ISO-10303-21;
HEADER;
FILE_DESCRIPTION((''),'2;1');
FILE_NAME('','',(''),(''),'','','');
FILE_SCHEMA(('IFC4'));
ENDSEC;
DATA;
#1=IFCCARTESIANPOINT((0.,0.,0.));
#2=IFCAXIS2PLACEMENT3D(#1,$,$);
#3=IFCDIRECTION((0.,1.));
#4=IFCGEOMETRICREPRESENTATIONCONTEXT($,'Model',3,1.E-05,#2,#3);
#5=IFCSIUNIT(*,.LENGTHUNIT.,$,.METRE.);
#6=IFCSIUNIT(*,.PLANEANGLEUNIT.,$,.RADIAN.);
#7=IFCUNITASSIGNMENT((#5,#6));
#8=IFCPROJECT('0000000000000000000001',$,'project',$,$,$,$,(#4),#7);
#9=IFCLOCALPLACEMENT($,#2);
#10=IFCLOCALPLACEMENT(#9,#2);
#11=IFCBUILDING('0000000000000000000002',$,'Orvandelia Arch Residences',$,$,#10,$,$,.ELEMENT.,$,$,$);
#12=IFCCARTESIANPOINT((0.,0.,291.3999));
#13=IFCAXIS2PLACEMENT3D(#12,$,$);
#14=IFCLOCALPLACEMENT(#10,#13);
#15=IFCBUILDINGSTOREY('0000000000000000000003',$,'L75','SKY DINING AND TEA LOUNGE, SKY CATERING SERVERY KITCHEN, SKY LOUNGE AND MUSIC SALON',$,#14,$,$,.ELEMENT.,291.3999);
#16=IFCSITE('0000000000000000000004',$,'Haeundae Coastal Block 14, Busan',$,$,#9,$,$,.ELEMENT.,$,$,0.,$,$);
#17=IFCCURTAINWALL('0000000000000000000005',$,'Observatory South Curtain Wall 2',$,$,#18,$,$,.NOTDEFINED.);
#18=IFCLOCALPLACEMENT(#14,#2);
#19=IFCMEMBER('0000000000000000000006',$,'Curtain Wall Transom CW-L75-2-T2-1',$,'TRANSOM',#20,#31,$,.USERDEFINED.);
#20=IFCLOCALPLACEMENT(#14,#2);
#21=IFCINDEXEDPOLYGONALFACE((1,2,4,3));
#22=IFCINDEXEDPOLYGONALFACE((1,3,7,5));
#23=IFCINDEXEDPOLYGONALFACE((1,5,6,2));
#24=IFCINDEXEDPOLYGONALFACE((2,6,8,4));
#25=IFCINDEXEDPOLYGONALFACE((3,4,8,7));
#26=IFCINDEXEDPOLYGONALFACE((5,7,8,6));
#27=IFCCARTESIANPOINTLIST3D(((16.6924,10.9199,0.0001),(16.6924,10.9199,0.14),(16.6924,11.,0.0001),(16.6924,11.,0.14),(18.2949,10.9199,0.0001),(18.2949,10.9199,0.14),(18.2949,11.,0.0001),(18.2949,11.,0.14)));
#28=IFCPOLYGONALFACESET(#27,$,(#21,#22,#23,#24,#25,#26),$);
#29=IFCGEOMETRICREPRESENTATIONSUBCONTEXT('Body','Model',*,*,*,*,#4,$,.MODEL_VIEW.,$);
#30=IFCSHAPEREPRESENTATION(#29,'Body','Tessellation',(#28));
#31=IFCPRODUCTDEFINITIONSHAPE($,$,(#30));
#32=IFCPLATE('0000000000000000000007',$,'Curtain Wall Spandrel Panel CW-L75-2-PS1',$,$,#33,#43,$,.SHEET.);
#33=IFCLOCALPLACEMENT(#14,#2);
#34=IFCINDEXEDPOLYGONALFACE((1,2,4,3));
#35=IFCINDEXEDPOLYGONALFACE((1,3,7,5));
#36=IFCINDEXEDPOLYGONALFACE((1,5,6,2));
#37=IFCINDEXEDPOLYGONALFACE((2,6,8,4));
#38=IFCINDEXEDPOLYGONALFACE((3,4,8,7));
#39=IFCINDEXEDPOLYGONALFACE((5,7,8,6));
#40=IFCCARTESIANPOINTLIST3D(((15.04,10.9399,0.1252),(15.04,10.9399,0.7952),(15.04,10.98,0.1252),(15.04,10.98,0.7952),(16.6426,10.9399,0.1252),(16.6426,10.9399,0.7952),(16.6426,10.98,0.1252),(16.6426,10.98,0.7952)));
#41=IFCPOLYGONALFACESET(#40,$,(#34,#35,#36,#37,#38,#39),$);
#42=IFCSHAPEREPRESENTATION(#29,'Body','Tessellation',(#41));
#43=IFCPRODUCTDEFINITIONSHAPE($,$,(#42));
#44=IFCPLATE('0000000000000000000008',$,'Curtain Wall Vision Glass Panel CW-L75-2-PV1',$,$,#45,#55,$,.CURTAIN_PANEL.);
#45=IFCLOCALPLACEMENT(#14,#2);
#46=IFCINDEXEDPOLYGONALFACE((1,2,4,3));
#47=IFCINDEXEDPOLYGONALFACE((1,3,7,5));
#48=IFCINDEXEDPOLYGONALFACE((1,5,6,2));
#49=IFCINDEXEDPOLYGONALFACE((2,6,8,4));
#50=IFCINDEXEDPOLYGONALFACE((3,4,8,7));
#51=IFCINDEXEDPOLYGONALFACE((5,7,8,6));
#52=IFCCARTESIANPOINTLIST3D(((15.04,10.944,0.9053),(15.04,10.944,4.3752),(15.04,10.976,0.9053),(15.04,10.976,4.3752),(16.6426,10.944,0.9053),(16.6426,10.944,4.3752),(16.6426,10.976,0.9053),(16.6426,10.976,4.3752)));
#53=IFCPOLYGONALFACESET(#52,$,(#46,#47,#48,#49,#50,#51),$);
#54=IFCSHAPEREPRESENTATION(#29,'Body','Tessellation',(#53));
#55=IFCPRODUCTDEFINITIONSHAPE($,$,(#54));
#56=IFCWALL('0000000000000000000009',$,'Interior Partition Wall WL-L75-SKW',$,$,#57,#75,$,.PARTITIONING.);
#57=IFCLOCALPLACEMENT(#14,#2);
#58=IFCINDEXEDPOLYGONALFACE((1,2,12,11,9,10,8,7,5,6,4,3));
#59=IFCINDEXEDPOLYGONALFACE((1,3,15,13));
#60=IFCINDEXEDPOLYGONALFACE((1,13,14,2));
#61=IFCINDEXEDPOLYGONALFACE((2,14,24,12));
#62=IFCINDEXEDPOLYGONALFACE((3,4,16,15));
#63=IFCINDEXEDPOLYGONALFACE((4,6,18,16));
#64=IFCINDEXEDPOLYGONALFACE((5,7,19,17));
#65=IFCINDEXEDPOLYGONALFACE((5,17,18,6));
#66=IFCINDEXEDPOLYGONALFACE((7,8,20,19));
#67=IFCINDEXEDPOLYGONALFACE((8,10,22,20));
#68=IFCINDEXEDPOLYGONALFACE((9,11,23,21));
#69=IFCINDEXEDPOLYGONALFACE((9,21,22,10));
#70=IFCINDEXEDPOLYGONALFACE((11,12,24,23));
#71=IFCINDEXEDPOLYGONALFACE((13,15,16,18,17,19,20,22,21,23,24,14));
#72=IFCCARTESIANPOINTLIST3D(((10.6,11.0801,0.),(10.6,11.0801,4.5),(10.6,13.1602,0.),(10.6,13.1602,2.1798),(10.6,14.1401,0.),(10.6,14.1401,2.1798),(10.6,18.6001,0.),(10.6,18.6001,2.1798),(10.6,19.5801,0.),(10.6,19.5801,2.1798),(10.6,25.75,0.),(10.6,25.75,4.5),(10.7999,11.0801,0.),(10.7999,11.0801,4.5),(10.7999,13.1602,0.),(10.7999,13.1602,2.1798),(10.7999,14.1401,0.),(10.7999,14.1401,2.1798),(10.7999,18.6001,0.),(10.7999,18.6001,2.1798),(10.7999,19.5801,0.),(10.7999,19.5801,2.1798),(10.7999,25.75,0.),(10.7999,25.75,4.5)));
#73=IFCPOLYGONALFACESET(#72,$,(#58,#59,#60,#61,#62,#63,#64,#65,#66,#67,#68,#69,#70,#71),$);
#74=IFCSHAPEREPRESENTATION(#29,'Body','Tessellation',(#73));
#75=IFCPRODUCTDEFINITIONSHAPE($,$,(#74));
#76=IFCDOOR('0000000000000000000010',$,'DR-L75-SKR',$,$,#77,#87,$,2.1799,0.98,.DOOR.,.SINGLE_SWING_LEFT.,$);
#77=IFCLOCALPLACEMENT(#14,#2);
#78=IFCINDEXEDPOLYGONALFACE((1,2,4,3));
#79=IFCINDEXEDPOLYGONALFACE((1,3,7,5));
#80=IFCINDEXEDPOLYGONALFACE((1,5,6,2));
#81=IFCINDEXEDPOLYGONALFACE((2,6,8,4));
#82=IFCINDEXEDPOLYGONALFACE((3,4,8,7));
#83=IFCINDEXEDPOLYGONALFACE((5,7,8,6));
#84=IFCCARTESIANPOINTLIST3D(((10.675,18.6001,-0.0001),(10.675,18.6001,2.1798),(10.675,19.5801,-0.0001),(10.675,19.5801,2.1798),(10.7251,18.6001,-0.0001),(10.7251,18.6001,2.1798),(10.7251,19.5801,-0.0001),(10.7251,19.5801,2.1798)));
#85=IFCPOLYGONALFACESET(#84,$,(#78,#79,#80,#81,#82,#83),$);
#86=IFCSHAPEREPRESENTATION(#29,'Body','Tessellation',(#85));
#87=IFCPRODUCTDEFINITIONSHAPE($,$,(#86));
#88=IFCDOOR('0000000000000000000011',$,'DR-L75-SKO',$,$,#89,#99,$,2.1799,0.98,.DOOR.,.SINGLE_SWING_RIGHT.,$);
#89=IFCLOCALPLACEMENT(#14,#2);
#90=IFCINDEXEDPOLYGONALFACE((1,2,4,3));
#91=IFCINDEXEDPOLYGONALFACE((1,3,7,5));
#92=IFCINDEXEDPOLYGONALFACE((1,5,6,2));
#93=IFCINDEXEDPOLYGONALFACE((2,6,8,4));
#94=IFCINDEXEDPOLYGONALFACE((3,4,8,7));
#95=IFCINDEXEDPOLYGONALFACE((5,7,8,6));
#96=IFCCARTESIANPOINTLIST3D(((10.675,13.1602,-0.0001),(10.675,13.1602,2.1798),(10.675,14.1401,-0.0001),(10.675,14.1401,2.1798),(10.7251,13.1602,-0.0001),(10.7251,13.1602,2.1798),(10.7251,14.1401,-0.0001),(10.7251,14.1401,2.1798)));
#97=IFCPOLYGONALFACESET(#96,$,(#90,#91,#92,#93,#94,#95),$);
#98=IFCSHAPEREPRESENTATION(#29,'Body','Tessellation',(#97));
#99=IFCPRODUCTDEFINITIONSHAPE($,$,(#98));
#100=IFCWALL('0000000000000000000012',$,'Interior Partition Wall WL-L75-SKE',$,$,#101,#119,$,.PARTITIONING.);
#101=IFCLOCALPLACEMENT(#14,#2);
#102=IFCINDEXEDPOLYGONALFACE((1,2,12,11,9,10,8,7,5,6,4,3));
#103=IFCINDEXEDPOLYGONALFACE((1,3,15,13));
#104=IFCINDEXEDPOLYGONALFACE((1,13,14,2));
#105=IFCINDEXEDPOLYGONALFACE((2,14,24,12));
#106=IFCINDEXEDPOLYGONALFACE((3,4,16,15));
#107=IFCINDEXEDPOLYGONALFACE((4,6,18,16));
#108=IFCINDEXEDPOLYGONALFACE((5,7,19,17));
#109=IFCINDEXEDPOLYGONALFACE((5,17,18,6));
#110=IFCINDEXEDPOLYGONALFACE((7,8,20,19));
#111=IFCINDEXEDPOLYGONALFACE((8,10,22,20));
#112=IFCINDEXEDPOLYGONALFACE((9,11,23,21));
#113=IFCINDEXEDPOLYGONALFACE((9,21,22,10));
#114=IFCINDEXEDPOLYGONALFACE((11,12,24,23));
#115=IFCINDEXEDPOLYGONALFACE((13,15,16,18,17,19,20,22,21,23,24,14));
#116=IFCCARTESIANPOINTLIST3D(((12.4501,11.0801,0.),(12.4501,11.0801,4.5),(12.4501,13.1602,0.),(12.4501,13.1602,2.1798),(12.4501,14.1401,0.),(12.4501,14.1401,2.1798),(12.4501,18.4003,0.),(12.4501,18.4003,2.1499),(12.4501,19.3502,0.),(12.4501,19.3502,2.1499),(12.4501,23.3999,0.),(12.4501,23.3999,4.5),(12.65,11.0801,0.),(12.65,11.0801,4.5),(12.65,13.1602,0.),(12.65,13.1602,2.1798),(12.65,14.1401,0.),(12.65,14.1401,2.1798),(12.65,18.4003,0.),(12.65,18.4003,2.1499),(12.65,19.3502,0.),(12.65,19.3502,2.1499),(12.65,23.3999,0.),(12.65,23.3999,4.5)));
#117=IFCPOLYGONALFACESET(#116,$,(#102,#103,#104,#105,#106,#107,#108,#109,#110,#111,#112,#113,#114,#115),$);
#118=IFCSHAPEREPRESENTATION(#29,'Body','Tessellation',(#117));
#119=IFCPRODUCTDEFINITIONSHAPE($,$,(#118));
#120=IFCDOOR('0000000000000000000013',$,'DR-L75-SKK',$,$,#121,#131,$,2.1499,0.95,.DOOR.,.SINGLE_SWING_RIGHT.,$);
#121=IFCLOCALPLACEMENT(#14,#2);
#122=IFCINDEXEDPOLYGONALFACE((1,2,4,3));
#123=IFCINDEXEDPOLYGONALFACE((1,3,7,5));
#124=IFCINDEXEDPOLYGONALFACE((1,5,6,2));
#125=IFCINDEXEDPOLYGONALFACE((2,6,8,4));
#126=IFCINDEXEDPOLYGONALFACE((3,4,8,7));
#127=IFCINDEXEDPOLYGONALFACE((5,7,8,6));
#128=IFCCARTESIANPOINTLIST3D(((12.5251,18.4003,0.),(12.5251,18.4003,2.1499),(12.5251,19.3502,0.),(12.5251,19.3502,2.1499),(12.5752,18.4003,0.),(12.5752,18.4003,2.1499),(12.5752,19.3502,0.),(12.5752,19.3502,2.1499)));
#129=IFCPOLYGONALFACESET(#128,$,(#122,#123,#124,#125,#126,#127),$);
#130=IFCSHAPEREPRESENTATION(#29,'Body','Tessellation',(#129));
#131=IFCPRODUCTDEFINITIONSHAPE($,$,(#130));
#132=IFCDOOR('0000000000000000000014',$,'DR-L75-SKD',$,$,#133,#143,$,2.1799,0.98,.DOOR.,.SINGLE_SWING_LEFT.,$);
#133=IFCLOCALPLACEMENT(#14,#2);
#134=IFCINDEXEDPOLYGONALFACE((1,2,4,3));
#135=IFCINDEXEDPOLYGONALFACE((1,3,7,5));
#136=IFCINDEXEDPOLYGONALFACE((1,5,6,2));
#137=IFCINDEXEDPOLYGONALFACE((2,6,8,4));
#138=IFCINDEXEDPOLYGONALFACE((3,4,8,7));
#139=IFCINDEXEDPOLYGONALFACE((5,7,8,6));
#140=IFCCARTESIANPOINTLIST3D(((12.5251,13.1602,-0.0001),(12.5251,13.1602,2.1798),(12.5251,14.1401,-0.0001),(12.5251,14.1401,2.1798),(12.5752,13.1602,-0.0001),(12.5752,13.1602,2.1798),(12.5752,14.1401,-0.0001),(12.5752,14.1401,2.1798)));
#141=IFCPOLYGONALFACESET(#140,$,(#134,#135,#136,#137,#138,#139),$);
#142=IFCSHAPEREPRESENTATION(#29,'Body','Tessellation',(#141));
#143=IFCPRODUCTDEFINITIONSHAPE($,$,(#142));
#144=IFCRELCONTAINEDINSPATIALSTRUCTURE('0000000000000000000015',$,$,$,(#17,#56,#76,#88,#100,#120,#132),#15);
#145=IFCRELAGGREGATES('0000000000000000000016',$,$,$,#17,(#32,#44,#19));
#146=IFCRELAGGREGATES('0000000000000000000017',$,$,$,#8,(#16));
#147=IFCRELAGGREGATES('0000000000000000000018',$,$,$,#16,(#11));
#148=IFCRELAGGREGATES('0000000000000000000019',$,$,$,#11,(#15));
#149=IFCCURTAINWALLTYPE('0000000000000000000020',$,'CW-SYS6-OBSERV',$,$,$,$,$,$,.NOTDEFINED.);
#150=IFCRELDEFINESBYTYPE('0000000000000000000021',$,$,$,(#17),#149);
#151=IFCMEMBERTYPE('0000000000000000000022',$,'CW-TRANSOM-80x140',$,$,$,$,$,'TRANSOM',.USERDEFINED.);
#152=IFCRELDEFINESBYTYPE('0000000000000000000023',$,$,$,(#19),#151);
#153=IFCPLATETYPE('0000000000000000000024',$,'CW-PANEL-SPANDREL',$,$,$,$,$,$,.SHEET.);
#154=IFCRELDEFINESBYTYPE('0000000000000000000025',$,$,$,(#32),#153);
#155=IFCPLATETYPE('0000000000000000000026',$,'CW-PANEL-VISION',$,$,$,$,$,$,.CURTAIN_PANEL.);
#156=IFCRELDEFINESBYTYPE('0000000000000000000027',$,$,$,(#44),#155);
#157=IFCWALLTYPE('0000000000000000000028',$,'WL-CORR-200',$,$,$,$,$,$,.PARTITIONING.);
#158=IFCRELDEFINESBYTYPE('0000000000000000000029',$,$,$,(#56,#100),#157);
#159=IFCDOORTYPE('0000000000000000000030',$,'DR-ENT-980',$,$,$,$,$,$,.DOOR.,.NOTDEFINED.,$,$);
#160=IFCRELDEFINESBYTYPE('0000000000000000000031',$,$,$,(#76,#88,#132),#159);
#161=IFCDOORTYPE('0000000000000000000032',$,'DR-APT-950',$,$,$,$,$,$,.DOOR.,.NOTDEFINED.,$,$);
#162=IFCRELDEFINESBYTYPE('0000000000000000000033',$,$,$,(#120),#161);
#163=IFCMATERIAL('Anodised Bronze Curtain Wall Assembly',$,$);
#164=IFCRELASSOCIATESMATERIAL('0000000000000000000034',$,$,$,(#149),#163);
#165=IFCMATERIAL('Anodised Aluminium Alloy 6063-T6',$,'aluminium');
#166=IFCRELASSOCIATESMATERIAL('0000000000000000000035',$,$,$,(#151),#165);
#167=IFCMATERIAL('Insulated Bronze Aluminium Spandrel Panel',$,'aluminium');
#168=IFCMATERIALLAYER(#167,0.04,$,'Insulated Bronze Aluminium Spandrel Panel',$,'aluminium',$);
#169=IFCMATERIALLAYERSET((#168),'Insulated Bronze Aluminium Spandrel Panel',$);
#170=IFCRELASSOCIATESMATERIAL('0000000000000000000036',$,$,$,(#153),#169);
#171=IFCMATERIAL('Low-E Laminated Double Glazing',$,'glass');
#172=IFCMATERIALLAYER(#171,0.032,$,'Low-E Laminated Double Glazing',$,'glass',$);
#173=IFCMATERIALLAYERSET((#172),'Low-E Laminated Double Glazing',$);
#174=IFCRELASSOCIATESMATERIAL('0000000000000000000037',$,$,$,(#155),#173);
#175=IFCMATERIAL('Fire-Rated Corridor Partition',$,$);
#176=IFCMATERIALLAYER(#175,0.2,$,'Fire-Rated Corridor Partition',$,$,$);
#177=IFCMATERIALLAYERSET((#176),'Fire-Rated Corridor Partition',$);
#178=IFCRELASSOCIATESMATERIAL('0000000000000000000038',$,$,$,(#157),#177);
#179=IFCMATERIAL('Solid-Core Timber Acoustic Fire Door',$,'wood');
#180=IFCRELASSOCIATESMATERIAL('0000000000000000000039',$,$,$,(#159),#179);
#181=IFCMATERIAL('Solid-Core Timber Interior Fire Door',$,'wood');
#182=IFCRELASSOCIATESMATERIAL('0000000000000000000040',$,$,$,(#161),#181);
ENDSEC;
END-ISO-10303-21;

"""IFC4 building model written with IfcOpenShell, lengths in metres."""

from ifc_helpers import new_model, si_unit, direction, frame, frame_2d, origin, origin_2d, place, context, subcontext, project, spatial, rectangle, extrude, material, layer, layer_set, material_profile, profile_set, type_object, element, fill, aggregate, save


model = new_model("IFC4")

# Units and contexts
model_context = context("Model", 3, precision=1e-05, world=origin(), true_north=direction((0.0, 1.0)))
body_context = subcontext(model_context, "Body", "Model", "MODEL_VIEW")
ifc_project = project(units=[si_unit("LENGTHUNIT", "METRE"), si_unit("PLANEANGLEUNIT", "RADIAN")], contexts=[model_context])

# Site, building, storey
site_placement = place(None, origin())
site = spatial("IfcSite", under=ifc_project, at=site_placement, Name="Haeundae Coastal Block 14, Busan", CompositionType="ELEMENT", RefElevation=0.0)
building_placement = place(site_placement, origin())
building = spatial("IfcBuilding", under=site, at=building_placement, Name="Orvandelia Arch Residences", CompositionType="ELEMENT")
storey_placement = place(building_placement, frame((0.0, 0.0, 291.3999)))
storey = spatial("IfcBuildingStorey", under=building, at=storey_placement, Name="L75", Description="SKY DINING AND TEA LOUNGE, SKY CATERING SERVERY KITCHEN, SKY LOUNGE AND MUSIC SALON", CompositionType="ELEMENT", Elevation=291.3999)

# Curtain wall, member, plates
ifc_material_1 = material(Name="Anodised Bronze Curtain Wall Assembly")
curtain_wall_type = type_object("IfcCurtainWallType", Name="CW-SYS6-OBSERV", PredefinedType="NOTDEFINED", material=ifc_material_1)
curtain_wall_placement = place(storey_placement, origin())
curtain_wall = element("IfcCurtainWall", 1, at=curtain_wall_placement, inside=storey, type_object=curtain_wall_type, Name="Observatory South Curtain Wall 2", PredefinedType="NOTDEFINED")
ifc_material_2 = material(Name="Anodised Aluminium Alloy 6063-T6", Category="aluminium")
ifc_material_profile_1 = material_profile(ifc_material_2, rectangle(XDim=0.0801, YDim=0.1399, at=origin_2d()), Name="Anodised Aluminium Alloy 6063-T6", Category="aluminium")
ifc_profile_set_1 = profile_set([ifc_material_profile_1], Name="Anodised Aluminium Alloy 6063-T6")
member_type_1 = type_object("IfcMemberType", Name="CW-TRANSOM-80x140", ElementType="TRANSOM", PredefinedType="USERDEFINED", material=ifc_profile_set_1)
member_1_placement = place(storey_placement, frame((16.6924, 10.96, 0.0701), z_axis=(1.0, 0.0, 0.0), x_axis=(0.0, 1.0, 0.0)))
member_1 = element("IfcMember", 2, at=member_1_placement, type_object=member_type_1, Name="Curtain Wall Transom CW-L75-2-T2-1", ObjectType="TRANSOM", PredefinedType="USERDEFINED", context=body_context, shape_type="SweptSolid", body=[
    extrude(rectangle(XDim=0.0801, YDim=0.1399, at=origin_2d()), origin(), (0.0, 0.0, 1.0), 1.6025),
])
ifc_material_3 = material(Name="Insulated Bronze Aluminium Spandrel Panel", Category="aluminium")
ifc_layer_1 = layer(ifc_material_3, 0.04, Name="Insulated Bronze Aluminium Spandrel Panel", Category="aluminium")
ifc_layer_set_1 = layer_set([ifc_layer_1], Name="Insulated Bronze Aluminium Spandrel Panel")
plate_type_1 = type_object("IfcPlateType", Name="CW-PANEL-SPANDREL", PredefinedType="SHEET", material=ifc_layer_set_1)
plate_1_placement = place(storey_placement, frame((15.8413, 10.96, 0.1252), z_axis=(0.0, 0.0, 1.0), x_axis=(1.0, 0.0, 0.0)))
plate_1 = element("IfcPlate", 3, at=plate_1_placement, type_object=plate_type_1, Name="Curtain Wall Spandrel Panel CW-L75-2-PS1", PredefinedType="SHEET", context=body_context, shape_type="SweptSolid", body=[
    extrude(rectangle(XDim=1.6025, YDim=0.04, at=origin_2d()), origin(), (0.0, 0.0, 1.0), 0.6699),
])
ifc_material_4 = material(Name="Low-E Laminated Double Glazing", Category="glass")
ifc_layer_2 = layer(ifc_material_4, 0.032, Name="Low-E Laminated Double Glazing", Category="glass")
ifc_layer_set_2 = layer_set([ifc_layer_2], Name="Low-E Laminated Double Glazing")
plate_type_2 = type_object("IfcPlateType", Name="CW-PANEL-VISION", PredefinedType="CURTAIN_PANEL", material=ifc_layer_set_2)
plate_2_placement = place(storey_placement, frame((15.8413, 10.96, 0.9053), z_axis=(0.0, 0.0, 1.0), x_axis=(1.0, 0.0, 0.0)))
plate_2 = element("IfcPlate", 4, at=plate_2_placement, type_object=plate_type_2, Name="Curtain Wall Vision Glass Panel CW-L75-2-PV1", PredefinedType="CURTAIN_PANEL", context=body_context, shape_type="SweptSolid", body=[
    extrude(rectangle(XDim=1.6025, YDim=0.032, at=origin_2d()), origin(), (0.0, 0.0, 1.0), 3.47),
])
aggregate(curtain_wall, [plate_1, plate_2, member_1])

# Walls, openings, doors
ifc_material_5 = material(Name="Fire-Rated Corridor Partition")
ifc_layer_3 = layer(ifc_material_5, 0.2, Name="Fire-Rated Corridor Partition")
ifc_layer_set_3 = layer_set([ifc_layer_3], Name="Fire-Rated Corridor Partition")
wall_type_1 = type_object("IfcWallType", Name="WL-CORR-200", PredefinedType="PARTITIONING", material=ifc_layer_set_3)
wall_1_placement = place(storey_placement, frame((10.7, 11.0801, 0.0), z_axis=(0.0, 0.0, 1.0), x_axis=(0.0, 1.0, 0.0)))
wall_1 = element("IfcWall", 5, at=wall_1_placement, inside=storey, type_object=wall_type_1, Name="Interior Partition Wall WL-L75-SKW", PredefinedType="PARTITIONING", context=body_context, shape_type="SweptSolid", body=[
    extrude(rectangle(XDim=14.6699, YDim=0.2, at=frame_2d((7.335, 0.0))), origin(), (0.0, 0.0, 1.0), 4.5),
])
opening_1_placement = place(wall_1_placement, frame((7.52, 0.0, 0.0)))
opening_1 = element("IfcOpeningElement", 6, at=opening_1_placement, cuts=wall_1, PredefinedType="OPENING", context=body_context, shape_type="SweptSolid", body=[
    extrude(rectangle(XDim=0.98, YDim=2.1799, at=frame_2d((0.49, 1.0898))), frame((0.0, 0.1099, 0.0), z_axis=(0.0, -1.0, 0.0), x_axis=(1.0, 0.0, 0.0)), (0.0, 0.0, 1.0), 0.22),
])
opening_2_placement = place(wall_1_placement, frame((2.0801, 0.0, 0.0)))
opening_2 = element("IfcOpeningElement", 7, at=opening_2_placement, cuts=wall_1, PredefinedType="OPENING", context=body_context, shape_type="SweptSolid", body=[
    extrude(rectangle(XDim=0.98, YDim=2.1799, at=frame_2d((0.49, 1.0898))), frame((0.0, 0.1099, 0.0), z_axis=(0.0, -1.0, 0.0), x_axis=(1.0, 0.0, 0.0)), (0.0, 0.0, 1.0), 0.22),
])
ifc_material_6 = material(Name="Solid-Core Timber Acoustic Fire Door", Category="wood")
door_type_1 = type_object("IfcDoorType", Name="DR-ENT-980", OperationType="NOTDEFINED", PredefinedType="DOOR", material=ifc_material_6)
door_1_placement = place(opening_1_placement, origin())
door_1 = element("IfcDoor", 8, at=door_1_placement, inside=storey, type_object=door_type_1, Name="DR-L75-SKR", OperationType="SINGLE_SWING_LEFT", OverallHeight=2.1799, OverallWidth=0.98, PredefinedType="DOOR", context=body_context, shape_type="SweptSolid", body=[
    extrude(rectangle(XDim=0.98, YDim=2.1799, at=frame_2d((0.49, 1.0898))), frame((0.0, 0.0249, 0.0), z_axis=(0.0, -1.0, 0.0), x_axis=(1.0, 0.0, 0.0)), (0.0, 0.0, 1.0), 0.05),
])
fill(opening_1, door_1)
door_2_placement = place(opening_2_placement, origin())
door_2 = element("IfcDoor", 9, at=door_2_placement, inside=storey, type_object=door_type_1, Name="DR-L75-SKO", OperationType="SINGLE_SWING_RIGHT", OverallHeight=2.1799, OverallWidth=0.98, PredefinedType="DOOR", context=body_context, shape_type="SweptSolid", body=[
    extrude(rectangle(XDim=0.98, YDim=2.1799, at=frame_2d((0.49, 1.0898))), frame((0.0, 0.0249, 0.0), z_axis=(0.0, -1.0, 0.0), x_axis=(1.0, 0.0, 0.0)), (0.0, 0.0, 1.0), 0.05),
])
fill(opening_2, door_2)
wall_2_placement = place(storey_placement, frame((12.55, 11.0801, 0.0), z_axis=(0.0, 0.0, 1.0), x_axis=(0.0, 1.0, 0.0)))
wall_2 = element("IfcWall", 10, at=wall_2_placement, inside=storey, type_object=wall_type_1, Name="Interior Partition Wall WL-L75-SKE", PredefinedType="PARTITIONING", context=body_context, shape_type="SweptSolid", body=[
    extrude(rectangle(XDim=12.3198, YDim=0.2, at=frame_2d((6.1599, 0.0))), origin(), (0.0, 0.0, 1.0), 4.5),
])
opening_3_placement = place(wall_2_placement, frame((2.0801, 0.0, 0.0)))
opening_3 = element("IfcOpeningElement", 11, at=opening_3_placement, cuts=wall_2, PredefinedType="OPENING", context=body_context, shape_type="SweptSolid", body=[
    extrude(rectangle(XDim=0.98, YDim=2.1799, at=frame_2d((0.49, 1.0898))), frame((0.0, 0.1099, 0.0), z_axis=(0.0, -1.0, 0.0), x_axis=(1.0, 0.0, 0.0)), (0.0, 0.0, 1.0), 0.22),
])
opening_4_placement = place(wall_2_placement, frame((7.3201, 0.0, 0.0)))
opening_4 = element("IfcOpeningElement", 12, at=opening_4_placement, cuts=wall_2, PredefinedType="OPENING", context=body_context, shape_type="SweptSolid", body=[
    extrude(rectangle(XDim=0.95, YDim=2.1499, at=frame_2d((0.4751, 1.075))), frame((0.0, 0.1099, 0.0), z_axis=(0.0, -1.0, 0.0), x_axis=(1.0, 0.0, 0.0)), (0.0, 0.0, 1.0), 0.22),
])
ifc_material_7 = material(Name="Solid-Core Timber Interior Fire Door", Category="wood")
door_type_2 = type_object("IfcDoorType", Name="DR-APT-950", OperationType="NOTDEFINED", PredefinedType="DOOR", material=ifc_material_7)
door_3_placement = place(opening_4_placement, origin())
door_3 = element("IfcDoor", 13, at=door_3_placement, inside=storey, type_object=door_type_2, Name="DR-L75-SKK", OperationType="SINGLE_SWING_RIGHT", OverallHeight=2.1499, OverallWidth=0.95, PredefinedType="DOOR", context=body_context, shape_type="SweptSolid", body=[
    extrude(rectangle(XDim=0.95, YDim=2.1499, at=frame_2d((0.4751, 1.075))), frame((0.0, 0.0249, 0.0), z_axis=(0.0, -1.0, 0.0), x_axis=(1.0, 0.0, 0.0)), (0.0, 0.0, 1.0), 0.05),
])
fill(opening_4, door_3)
door_4_placement = place(opening_3_placement, origin())
door_4 = element("IfcDoor", 14, at=door_4_placement, inside=storey, type_object=door_type_1, Name="DR-L75-SKD", OperationType="SINGLE_SWING_LEFT", OverallHeight=2.1799, OverallWidth=0.98, PredefinedType="DOOR", context=body_context, shape_type="SweptSolid", body=[
    extrude(rectangle(XDim=0.98, YDim=2.1799, at=frame_2d((0.49, 1.0898))), frame((0.0, 0.0249, 0.0), z_axis=(0.0, -1.0, 0.0), x_axis=(1.0, 0.0, 0.0)), (0.0, 0.0, 1.0), 0.05),
])
fill(opening_3, door_4)

save(model, "model.ifc")
